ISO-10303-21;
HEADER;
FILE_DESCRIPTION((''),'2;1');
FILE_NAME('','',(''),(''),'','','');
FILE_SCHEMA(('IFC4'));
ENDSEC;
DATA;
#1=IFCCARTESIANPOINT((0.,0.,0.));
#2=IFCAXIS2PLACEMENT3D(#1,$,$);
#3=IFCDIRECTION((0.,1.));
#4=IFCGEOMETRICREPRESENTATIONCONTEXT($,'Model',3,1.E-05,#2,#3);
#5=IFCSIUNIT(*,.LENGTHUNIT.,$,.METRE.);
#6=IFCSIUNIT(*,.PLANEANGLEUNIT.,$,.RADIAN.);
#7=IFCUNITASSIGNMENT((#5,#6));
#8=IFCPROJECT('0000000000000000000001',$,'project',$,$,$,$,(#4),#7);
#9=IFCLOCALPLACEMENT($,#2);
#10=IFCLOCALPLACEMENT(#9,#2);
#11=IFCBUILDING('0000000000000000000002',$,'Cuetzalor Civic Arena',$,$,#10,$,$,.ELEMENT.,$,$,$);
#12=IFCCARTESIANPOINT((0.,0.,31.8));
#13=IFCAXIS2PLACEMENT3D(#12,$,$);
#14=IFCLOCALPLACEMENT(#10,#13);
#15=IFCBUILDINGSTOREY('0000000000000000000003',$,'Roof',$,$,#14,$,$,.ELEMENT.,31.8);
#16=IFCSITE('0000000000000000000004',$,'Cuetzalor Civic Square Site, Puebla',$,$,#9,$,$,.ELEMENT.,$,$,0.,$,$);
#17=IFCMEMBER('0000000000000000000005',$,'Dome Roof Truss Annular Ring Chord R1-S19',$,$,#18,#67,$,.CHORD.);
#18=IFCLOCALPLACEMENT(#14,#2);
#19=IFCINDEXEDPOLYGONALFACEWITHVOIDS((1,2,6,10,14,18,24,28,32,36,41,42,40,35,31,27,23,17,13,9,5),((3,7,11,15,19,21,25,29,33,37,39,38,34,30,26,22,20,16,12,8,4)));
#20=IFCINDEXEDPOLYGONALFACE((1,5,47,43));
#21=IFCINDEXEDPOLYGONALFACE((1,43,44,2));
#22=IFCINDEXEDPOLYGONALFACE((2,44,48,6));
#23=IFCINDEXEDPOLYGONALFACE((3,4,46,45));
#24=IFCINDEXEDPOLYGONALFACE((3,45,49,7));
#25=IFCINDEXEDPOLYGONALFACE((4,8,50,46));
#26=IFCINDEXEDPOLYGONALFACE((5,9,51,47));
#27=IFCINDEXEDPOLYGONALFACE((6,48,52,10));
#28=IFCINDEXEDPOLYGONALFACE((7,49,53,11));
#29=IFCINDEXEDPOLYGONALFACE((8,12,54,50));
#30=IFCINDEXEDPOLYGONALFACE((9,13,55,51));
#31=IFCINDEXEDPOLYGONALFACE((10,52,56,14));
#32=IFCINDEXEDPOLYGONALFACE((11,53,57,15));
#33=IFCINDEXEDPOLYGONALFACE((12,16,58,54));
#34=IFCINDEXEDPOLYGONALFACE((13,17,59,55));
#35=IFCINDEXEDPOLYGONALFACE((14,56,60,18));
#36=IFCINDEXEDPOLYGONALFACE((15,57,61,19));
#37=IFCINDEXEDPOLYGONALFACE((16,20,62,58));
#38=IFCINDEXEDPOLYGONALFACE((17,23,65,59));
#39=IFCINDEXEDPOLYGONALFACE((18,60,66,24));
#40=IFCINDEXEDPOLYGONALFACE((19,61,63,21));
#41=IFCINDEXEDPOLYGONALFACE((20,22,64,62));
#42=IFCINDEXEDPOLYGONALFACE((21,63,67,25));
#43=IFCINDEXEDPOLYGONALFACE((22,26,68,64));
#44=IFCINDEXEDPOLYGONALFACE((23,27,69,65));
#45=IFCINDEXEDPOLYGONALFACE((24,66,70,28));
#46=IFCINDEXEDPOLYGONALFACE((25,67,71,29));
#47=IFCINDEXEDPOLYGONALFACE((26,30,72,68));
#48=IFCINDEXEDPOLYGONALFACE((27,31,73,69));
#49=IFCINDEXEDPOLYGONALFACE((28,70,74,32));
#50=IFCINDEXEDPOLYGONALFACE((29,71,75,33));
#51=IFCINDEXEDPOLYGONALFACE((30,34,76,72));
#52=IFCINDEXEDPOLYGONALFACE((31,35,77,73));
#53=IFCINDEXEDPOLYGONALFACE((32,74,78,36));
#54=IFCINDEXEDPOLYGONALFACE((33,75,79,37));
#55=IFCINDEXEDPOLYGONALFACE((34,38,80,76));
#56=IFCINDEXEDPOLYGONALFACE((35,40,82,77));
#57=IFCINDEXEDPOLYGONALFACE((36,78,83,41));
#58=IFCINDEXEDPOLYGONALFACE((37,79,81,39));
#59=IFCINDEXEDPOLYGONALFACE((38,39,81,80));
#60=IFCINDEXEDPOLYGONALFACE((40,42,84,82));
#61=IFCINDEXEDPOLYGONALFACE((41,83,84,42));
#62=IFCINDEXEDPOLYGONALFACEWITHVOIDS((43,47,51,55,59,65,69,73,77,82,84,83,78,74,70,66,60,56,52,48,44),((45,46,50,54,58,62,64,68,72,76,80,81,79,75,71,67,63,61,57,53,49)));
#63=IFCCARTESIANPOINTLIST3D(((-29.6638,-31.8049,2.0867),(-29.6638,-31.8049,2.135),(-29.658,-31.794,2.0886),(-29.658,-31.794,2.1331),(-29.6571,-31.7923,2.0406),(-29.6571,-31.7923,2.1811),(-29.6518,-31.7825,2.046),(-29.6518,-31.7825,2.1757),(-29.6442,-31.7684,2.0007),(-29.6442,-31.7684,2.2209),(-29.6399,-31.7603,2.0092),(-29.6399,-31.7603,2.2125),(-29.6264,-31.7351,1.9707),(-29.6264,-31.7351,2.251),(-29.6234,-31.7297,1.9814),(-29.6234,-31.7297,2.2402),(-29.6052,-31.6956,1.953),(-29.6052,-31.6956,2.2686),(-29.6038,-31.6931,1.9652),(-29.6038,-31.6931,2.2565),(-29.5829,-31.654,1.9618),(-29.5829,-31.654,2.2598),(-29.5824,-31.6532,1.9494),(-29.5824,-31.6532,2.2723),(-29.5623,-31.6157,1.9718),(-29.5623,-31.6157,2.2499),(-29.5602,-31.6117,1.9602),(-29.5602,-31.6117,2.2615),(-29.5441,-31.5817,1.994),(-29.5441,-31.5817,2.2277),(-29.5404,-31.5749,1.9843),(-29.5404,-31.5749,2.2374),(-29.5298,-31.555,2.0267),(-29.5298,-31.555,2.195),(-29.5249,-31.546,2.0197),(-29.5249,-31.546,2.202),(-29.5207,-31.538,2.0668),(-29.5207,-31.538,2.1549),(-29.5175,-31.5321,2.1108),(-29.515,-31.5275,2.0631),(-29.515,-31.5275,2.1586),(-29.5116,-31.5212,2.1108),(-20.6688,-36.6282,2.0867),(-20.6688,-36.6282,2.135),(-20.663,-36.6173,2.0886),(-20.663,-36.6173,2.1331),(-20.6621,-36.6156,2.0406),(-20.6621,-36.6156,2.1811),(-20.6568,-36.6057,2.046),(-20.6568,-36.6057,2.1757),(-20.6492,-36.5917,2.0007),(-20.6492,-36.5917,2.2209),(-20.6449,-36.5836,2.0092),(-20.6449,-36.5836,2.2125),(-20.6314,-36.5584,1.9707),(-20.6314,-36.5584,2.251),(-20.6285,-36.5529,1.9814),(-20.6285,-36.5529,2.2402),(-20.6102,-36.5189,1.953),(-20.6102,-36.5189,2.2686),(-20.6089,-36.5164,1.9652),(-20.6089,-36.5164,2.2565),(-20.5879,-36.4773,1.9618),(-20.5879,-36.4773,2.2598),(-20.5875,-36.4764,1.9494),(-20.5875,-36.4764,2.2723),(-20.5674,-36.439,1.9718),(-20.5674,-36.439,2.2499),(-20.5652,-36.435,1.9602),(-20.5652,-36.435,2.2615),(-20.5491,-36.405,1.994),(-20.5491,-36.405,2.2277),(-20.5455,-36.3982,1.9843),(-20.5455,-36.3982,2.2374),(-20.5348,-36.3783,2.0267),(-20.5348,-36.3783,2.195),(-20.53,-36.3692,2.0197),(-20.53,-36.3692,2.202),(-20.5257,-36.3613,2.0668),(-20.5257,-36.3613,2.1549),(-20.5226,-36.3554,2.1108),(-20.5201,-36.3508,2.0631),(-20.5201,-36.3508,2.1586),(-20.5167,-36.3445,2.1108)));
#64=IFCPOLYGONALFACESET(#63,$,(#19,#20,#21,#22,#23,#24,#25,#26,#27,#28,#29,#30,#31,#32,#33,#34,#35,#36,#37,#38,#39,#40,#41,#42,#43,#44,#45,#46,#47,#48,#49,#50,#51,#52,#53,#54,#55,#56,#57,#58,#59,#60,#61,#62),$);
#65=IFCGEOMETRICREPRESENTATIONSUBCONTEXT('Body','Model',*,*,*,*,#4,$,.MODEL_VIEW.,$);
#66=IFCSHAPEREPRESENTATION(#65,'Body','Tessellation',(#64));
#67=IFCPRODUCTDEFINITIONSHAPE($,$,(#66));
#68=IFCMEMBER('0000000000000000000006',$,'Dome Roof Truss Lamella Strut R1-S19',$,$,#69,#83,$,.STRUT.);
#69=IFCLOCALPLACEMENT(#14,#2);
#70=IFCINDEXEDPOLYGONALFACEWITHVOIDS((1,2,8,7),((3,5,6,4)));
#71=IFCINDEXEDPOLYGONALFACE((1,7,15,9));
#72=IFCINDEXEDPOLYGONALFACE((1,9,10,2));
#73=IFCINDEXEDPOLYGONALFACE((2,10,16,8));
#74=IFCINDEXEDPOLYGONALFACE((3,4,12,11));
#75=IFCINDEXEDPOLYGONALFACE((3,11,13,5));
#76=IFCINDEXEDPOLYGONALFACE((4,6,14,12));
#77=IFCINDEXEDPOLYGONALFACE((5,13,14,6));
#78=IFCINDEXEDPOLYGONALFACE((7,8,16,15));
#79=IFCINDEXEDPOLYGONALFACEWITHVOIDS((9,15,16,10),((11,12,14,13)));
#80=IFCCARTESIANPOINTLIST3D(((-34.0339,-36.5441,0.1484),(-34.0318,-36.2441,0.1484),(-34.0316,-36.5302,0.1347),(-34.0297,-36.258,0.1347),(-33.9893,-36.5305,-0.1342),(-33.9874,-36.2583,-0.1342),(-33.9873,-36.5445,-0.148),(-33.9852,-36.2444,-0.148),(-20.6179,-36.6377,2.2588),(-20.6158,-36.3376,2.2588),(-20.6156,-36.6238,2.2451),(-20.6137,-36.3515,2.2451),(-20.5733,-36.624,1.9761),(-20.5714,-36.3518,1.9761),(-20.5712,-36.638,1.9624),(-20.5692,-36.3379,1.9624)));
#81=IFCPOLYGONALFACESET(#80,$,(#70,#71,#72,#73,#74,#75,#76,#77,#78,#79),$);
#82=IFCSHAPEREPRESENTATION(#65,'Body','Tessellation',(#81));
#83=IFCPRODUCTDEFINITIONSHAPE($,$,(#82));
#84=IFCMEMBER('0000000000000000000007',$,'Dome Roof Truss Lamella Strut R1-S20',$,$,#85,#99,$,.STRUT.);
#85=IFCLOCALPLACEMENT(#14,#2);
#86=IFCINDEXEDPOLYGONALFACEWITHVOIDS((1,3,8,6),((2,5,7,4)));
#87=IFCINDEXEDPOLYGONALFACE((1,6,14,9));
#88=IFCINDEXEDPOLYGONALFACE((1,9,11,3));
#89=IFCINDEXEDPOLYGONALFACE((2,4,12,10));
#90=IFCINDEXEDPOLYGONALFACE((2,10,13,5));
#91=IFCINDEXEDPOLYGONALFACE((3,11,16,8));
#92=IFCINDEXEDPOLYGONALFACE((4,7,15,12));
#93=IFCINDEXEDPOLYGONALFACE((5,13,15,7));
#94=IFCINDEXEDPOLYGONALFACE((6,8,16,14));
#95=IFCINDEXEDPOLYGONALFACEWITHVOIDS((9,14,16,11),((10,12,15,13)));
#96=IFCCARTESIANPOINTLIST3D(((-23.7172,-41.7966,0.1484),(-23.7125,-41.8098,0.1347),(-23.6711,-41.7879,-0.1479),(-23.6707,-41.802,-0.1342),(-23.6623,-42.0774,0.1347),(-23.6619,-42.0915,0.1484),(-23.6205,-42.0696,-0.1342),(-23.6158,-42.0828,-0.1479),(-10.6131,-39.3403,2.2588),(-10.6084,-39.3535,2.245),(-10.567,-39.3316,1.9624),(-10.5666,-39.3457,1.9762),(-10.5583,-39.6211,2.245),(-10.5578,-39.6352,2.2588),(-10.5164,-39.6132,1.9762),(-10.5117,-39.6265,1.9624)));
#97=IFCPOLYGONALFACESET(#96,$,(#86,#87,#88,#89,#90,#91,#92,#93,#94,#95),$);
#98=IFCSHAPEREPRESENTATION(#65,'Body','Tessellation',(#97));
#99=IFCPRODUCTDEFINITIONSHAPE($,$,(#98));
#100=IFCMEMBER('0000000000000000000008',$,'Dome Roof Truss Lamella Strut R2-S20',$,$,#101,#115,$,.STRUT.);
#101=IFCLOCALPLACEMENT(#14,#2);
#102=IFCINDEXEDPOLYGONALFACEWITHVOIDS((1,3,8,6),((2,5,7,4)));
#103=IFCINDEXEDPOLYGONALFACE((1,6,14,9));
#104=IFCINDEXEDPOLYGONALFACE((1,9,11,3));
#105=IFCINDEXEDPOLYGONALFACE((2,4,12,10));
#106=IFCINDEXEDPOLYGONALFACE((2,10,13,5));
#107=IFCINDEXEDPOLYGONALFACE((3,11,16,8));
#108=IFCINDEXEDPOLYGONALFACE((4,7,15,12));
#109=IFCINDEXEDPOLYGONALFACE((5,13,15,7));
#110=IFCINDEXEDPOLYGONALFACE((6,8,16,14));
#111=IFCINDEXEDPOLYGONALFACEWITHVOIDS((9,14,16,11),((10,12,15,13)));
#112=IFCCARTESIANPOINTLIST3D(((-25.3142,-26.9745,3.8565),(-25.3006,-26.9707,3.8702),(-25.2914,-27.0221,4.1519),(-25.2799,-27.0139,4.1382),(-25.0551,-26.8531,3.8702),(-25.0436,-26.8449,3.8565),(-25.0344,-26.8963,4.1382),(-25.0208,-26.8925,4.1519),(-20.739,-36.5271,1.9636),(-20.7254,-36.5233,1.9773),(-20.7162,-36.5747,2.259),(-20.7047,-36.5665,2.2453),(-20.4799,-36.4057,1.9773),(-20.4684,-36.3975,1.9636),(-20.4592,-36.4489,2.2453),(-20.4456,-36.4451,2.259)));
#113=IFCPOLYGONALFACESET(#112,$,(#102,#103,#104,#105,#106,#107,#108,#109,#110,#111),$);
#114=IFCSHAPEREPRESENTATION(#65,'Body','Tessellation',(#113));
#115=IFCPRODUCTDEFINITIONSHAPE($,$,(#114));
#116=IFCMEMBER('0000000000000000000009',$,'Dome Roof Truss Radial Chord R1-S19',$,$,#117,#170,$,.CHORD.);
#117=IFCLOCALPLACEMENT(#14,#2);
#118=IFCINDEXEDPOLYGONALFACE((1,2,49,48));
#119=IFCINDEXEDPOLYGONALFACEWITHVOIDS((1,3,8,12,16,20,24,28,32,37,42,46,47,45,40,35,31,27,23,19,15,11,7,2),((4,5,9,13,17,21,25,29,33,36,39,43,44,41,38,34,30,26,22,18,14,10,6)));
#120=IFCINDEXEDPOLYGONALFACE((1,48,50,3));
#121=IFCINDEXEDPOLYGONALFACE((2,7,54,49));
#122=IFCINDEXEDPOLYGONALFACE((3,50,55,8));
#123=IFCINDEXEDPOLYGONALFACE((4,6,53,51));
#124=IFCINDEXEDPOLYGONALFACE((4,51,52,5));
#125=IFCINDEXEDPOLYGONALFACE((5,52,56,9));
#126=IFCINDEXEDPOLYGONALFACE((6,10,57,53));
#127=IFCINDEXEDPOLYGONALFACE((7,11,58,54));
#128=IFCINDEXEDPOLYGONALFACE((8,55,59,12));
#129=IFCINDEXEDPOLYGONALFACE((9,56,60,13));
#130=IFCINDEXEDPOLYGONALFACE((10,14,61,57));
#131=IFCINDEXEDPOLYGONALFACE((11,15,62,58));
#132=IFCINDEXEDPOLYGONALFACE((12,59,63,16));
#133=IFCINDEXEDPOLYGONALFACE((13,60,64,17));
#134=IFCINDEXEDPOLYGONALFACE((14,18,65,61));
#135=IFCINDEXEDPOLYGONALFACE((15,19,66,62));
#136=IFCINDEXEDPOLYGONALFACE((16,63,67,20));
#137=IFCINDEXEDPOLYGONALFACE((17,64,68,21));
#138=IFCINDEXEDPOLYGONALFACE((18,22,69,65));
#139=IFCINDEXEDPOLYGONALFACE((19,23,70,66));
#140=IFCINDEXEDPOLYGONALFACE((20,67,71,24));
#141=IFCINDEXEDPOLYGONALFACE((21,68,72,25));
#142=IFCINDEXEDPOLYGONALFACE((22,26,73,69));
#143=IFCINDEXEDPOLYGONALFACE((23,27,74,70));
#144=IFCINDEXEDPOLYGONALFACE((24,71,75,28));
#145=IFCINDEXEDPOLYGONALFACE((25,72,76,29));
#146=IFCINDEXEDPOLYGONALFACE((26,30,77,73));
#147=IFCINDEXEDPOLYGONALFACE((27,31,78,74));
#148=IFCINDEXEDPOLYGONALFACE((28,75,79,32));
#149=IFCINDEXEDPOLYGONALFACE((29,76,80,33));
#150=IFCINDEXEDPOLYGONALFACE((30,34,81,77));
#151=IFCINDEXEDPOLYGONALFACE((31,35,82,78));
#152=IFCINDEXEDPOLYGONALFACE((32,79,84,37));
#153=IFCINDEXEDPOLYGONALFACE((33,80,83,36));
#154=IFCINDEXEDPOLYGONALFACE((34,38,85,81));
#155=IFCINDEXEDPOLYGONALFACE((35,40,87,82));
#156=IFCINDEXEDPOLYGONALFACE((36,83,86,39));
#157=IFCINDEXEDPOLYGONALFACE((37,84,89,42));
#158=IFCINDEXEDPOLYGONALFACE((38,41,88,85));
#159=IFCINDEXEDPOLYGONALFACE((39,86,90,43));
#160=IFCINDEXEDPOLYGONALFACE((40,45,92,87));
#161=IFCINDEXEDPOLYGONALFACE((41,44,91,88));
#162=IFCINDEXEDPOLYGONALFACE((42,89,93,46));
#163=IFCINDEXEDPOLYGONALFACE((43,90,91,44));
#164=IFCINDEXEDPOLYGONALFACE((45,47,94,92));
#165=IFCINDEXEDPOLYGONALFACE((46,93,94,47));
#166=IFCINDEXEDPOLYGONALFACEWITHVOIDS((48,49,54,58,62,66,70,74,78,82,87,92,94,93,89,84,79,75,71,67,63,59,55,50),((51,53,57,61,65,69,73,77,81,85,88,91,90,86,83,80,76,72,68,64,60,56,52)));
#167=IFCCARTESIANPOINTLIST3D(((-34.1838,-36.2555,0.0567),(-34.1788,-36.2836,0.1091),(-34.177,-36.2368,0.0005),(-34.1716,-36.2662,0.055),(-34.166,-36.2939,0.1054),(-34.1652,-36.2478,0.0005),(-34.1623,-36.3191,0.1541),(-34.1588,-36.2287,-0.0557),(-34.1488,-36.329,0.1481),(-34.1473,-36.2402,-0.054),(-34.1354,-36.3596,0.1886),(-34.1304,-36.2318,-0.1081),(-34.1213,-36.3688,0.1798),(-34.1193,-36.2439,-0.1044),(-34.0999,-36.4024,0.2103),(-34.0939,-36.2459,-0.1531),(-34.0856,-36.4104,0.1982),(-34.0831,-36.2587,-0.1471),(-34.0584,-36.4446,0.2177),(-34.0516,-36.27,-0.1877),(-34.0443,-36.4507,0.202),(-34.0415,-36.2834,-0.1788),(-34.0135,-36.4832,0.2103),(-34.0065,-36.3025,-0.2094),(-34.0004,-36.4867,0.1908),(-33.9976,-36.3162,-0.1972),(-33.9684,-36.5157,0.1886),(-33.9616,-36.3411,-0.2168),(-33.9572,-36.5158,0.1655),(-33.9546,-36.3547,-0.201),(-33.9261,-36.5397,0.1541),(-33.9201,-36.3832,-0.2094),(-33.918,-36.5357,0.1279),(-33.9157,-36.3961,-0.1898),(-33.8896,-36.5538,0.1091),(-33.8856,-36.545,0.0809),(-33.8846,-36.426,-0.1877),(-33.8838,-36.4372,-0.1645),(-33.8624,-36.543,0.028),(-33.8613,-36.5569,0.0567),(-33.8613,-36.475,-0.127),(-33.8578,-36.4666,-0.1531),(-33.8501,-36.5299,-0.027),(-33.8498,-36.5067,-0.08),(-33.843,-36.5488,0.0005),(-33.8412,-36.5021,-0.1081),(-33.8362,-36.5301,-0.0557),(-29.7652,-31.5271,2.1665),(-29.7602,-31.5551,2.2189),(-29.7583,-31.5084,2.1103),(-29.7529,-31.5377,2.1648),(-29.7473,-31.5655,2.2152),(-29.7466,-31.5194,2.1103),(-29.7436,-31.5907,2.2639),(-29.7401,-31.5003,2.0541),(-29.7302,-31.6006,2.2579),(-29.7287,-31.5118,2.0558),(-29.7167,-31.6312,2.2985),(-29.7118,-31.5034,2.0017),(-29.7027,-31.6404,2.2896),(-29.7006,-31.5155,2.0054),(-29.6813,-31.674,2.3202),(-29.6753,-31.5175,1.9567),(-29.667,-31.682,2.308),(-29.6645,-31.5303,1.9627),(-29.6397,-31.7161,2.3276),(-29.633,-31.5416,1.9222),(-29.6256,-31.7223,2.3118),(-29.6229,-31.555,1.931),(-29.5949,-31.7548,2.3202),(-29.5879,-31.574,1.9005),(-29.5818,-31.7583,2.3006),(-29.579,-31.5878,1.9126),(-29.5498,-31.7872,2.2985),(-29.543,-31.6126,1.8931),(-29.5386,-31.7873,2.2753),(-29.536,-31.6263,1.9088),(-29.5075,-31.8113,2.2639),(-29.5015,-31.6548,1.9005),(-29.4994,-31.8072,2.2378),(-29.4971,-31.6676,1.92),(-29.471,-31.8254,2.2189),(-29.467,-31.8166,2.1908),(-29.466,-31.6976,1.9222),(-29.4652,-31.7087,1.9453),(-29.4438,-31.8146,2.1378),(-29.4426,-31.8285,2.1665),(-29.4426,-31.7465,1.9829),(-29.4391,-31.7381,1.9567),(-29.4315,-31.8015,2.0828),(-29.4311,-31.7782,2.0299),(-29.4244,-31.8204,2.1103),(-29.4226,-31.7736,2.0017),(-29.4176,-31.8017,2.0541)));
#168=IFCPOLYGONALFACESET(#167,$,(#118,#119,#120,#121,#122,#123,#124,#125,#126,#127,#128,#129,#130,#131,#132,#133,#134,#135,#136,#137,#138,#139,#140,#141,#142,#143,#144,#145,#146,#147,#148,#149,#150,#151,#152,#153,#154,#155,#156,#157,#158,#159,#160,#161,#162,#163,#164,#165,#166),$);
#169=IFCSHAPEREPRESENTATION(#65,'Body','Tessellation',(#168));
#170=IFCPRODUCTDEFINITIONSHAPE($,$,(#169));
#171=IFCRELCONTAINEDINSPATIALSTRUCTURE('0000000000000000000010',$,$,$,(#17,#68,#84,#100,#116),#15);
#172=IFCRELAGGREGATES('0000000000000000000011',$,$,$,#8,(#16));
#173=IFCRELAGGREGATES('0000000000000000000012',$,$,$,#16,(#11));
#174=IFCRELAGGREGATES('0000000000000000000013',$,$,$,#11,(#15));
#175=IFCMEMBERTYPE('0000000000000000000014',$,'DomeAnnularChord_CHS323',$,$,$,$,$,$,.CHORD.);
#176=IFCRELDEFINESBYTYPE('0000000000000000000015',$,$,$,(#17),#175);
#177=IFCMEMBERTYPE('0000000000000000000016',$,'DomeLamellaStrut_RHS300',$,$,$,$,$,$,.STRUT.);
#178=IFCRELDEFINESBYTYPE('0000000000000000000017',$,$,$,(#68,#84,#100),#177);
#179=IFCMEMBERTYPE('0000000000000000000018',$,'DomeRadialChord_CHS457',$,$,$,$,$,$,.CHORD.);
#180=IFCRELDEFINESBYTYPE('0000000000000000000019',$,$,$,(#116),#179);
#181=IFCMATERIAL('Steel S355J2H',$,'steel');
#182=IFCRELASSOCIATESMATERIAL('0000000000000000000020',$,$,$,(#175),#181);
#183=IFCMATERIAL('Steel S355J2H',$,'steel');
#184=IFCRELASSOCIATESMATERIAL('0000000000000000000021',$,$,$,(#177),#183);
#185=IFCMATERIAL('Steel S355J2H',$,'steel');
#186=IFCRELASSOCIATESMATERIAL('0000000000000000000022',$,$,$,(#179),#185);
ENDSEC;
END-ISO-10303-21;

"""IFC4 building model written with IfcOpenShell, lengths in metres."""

from ifc_helpers import new_model, si_unit, direction, frame, origin, origin_2d, place, context, subcontext, project, spatial, hollow_rectangle, hollow_circle, extrude, material, material_profile, profile_set, type_object, element, save


model = new_model("IFC4")

# Units and contexts
model_context = context("Model", 3, precision=1e-05, world=origin(), true_north=direction((0.0, 1.0)))
body_context = subcontext(model_context, "Body", "Model", "MODEL_VIEW")
ifc_project = project(units=[si_unit("LENGTHUNIT", "METRE"), si_unit("PLANEANGLEUNIT", "RADIAN")], contexts=[model_context])

# Site, building, storey
site_placement = place(None, origin())
site = spatial("IfcSite", under=ifc_project, at=site_placement, Name="Cuetzalor Civic Square Site, Puebla", CompositionType="ELEMENT", RefElevation=0.0)
building_placement = place(site_placement, origin())
building = spatial("IfcBuilding", under=site, at=building_placement, Name="Cuetzalor Civic Arena", CompositionType="ELEMENT")
storey_placement = place(building_placement, frame((0.0, 0.0, 31.8)))
storey = spatial("IfcBuildingStorey", under=building, at=storey_placement, Name="Roof", CompositionType="ELEMENT", Elevation=31.8)

# Members
ifc_material_1 = material(Name="Steel S355J2H", Category="steel")
ifc_material_profile_1 = material_profile(ifc_material_1, hollow_circle(Radius=0.1619, WallThickness=0.0125, at=origin_2d()), Name="CHS 323.9x12.5")
ifc_profile_set_1 = profile_set([ifc_material_profile_1], Name="Steel S355J2H")
member_type_1 = type_object("IfcMemberType", Name="DomeAnnularChord_CHS323", PredefinedType="CHORD", material=ifc_profile_set_1)
member_1_placement = place(storey_placement, frame((-29.5881, -31.6638, 2.1108), z_axis=(0.881294, -0.472569, 0.0), x_axis=(0.472569, 0.881294, 0.0)))
element("IfcMember", 1, at=member_1_placement, inside=storey, type_object=member_type_1, Name="Dome Roof Truss Annular Ring Chord R1-S19", PredefinedType="CHORD", context=body_context, shape_type="SweptSolid", body=[
    extrude(hollow_circle(Radius=0.1619, WallThickness=0.0125, at=origin_2d()), origin(), (0.0, 0.0, 1.0), 10.2065),
])
ifc_material_2 = material(Name="Steel S355J2H", Category="steel")
ifc_material_profile_2 = material_profile(ifc_material_2, hollow_rectangle(XDim=0.3, YDim=0.3, WallThickness=0.0139, at=origin_2d()), Name="RHS 300x300x14")
ifc_profile_set_2 = profile_set([ifc_material_profile_2], Name="Steel S355J2H")
member_type_2 = type_object("IfcMemberType", Name="DomeLamellaStrut_RHS300", PredefinedType="STRUT", material=ifc_profile_set_2)
member_2_placement = place(storey_placement, frame((-34.0095, -36.3943, 0.0002), z_axis=(0.98783, -0.006885, 0.155387), x_axis=(0.00697, 0.999976, 0.0)))
element("IfcMember", 2, at=member_2_placement, inside=storey, type_object=member_type_2, Name="Dome Roof Truss Lamella Strut R1-S19", PredefinedType="STRUT", context=body_context, shape_type="SweptSolid", body=[
    extrude(hollow_rectangle(XDim=0.3, YDim=0.3, WallThickness=0.0139, at=origin_2d()), origin(), (0.0, 0.0, 1.0), 13.5813),
])
member_3_placement = place(storey_placement, frame((-23.6665, -41.9397, 0.0002), z_axis=(0.970795, 0.181972, 0.156343), x_axis=(-0.184238, 0.982882, 0.0)))
element("IfcMember", 3, at=member_3_placement, inside=storey, type_object=member_type_2, Name="Dome Roof Truss Lamella Strut R1-S20", PredefinedType="STRUT", context=body_context, shape_type="SweptSolid", body=[
    extrude(hollow_rectangle(XDim=0.3, YDim=0.3, WallThickness=0.0139, at=origin_2d()), origin(), (0.0, 0.0, 1.0), 13.4983),
])
member_4_placement = place(storey_placement, frame((-20.5923, -36.4861, 2.1113), z_axis=(-0.425227, 0.887825, 0.175922), x_axis=(-0.901891, -0.431964, 0.0)))
element("IfcMember", 4, at=member_4_placement, inside=storey, type_object=member_type_2, Name="Dome Roof Truss Lamella Strut R2-S20", PredefinedType="STRUT", context=body_context, shape_type="SweptSolid", body=[
    extrude(hollow_rectangle(XDim=0.3, YDim=0.3, WallThickness=0.0139, at=origin_2d()), origin(), (0.0, 0.0, 1.0), 10.7595),
])
ifc_material_3 = material(Name="Steel S355J2H", Category="steel")
ifc_material_profile_3 = material_profile(ifc_material_3, hollow_circle(Radius=0.2285, WallThickness=0.0161, at=origin_2d()), Name="CHS 457x16")
ifc_profile_set_3 = profile_set([ifc_material_profile_3], Name="Steel S355J2H")
member_type_3 = type_object("IfcMemberType", Name="DomeRadialChord_CHS457", PredefinedType="CHORD", material=ifc_profile_set_3)
member_5_placement = place(storey_placement, frame((-34.01, -36.3928, 0.0005), z_axis=(0.64914, 0.694654, 0.309955), x_axis=(-0.730637, 0.682766, 0.0)))
element("IfcMember", 5, at=member_5_placement, inside=storey, type_object=member_type_3, Name="Dome Roof Truss Radial Chord R1-S19", PredefinedType="CHORD", context=body_context, shape_type="SweptSolid", body=[
    extrude(hollow_circle(Radius=0.2285, WallThickness=0.0161, at=origin_2d()), origin(), (0.0, 0.0, 1.0), 6.8069),
])

save(model, "model.ifc")
